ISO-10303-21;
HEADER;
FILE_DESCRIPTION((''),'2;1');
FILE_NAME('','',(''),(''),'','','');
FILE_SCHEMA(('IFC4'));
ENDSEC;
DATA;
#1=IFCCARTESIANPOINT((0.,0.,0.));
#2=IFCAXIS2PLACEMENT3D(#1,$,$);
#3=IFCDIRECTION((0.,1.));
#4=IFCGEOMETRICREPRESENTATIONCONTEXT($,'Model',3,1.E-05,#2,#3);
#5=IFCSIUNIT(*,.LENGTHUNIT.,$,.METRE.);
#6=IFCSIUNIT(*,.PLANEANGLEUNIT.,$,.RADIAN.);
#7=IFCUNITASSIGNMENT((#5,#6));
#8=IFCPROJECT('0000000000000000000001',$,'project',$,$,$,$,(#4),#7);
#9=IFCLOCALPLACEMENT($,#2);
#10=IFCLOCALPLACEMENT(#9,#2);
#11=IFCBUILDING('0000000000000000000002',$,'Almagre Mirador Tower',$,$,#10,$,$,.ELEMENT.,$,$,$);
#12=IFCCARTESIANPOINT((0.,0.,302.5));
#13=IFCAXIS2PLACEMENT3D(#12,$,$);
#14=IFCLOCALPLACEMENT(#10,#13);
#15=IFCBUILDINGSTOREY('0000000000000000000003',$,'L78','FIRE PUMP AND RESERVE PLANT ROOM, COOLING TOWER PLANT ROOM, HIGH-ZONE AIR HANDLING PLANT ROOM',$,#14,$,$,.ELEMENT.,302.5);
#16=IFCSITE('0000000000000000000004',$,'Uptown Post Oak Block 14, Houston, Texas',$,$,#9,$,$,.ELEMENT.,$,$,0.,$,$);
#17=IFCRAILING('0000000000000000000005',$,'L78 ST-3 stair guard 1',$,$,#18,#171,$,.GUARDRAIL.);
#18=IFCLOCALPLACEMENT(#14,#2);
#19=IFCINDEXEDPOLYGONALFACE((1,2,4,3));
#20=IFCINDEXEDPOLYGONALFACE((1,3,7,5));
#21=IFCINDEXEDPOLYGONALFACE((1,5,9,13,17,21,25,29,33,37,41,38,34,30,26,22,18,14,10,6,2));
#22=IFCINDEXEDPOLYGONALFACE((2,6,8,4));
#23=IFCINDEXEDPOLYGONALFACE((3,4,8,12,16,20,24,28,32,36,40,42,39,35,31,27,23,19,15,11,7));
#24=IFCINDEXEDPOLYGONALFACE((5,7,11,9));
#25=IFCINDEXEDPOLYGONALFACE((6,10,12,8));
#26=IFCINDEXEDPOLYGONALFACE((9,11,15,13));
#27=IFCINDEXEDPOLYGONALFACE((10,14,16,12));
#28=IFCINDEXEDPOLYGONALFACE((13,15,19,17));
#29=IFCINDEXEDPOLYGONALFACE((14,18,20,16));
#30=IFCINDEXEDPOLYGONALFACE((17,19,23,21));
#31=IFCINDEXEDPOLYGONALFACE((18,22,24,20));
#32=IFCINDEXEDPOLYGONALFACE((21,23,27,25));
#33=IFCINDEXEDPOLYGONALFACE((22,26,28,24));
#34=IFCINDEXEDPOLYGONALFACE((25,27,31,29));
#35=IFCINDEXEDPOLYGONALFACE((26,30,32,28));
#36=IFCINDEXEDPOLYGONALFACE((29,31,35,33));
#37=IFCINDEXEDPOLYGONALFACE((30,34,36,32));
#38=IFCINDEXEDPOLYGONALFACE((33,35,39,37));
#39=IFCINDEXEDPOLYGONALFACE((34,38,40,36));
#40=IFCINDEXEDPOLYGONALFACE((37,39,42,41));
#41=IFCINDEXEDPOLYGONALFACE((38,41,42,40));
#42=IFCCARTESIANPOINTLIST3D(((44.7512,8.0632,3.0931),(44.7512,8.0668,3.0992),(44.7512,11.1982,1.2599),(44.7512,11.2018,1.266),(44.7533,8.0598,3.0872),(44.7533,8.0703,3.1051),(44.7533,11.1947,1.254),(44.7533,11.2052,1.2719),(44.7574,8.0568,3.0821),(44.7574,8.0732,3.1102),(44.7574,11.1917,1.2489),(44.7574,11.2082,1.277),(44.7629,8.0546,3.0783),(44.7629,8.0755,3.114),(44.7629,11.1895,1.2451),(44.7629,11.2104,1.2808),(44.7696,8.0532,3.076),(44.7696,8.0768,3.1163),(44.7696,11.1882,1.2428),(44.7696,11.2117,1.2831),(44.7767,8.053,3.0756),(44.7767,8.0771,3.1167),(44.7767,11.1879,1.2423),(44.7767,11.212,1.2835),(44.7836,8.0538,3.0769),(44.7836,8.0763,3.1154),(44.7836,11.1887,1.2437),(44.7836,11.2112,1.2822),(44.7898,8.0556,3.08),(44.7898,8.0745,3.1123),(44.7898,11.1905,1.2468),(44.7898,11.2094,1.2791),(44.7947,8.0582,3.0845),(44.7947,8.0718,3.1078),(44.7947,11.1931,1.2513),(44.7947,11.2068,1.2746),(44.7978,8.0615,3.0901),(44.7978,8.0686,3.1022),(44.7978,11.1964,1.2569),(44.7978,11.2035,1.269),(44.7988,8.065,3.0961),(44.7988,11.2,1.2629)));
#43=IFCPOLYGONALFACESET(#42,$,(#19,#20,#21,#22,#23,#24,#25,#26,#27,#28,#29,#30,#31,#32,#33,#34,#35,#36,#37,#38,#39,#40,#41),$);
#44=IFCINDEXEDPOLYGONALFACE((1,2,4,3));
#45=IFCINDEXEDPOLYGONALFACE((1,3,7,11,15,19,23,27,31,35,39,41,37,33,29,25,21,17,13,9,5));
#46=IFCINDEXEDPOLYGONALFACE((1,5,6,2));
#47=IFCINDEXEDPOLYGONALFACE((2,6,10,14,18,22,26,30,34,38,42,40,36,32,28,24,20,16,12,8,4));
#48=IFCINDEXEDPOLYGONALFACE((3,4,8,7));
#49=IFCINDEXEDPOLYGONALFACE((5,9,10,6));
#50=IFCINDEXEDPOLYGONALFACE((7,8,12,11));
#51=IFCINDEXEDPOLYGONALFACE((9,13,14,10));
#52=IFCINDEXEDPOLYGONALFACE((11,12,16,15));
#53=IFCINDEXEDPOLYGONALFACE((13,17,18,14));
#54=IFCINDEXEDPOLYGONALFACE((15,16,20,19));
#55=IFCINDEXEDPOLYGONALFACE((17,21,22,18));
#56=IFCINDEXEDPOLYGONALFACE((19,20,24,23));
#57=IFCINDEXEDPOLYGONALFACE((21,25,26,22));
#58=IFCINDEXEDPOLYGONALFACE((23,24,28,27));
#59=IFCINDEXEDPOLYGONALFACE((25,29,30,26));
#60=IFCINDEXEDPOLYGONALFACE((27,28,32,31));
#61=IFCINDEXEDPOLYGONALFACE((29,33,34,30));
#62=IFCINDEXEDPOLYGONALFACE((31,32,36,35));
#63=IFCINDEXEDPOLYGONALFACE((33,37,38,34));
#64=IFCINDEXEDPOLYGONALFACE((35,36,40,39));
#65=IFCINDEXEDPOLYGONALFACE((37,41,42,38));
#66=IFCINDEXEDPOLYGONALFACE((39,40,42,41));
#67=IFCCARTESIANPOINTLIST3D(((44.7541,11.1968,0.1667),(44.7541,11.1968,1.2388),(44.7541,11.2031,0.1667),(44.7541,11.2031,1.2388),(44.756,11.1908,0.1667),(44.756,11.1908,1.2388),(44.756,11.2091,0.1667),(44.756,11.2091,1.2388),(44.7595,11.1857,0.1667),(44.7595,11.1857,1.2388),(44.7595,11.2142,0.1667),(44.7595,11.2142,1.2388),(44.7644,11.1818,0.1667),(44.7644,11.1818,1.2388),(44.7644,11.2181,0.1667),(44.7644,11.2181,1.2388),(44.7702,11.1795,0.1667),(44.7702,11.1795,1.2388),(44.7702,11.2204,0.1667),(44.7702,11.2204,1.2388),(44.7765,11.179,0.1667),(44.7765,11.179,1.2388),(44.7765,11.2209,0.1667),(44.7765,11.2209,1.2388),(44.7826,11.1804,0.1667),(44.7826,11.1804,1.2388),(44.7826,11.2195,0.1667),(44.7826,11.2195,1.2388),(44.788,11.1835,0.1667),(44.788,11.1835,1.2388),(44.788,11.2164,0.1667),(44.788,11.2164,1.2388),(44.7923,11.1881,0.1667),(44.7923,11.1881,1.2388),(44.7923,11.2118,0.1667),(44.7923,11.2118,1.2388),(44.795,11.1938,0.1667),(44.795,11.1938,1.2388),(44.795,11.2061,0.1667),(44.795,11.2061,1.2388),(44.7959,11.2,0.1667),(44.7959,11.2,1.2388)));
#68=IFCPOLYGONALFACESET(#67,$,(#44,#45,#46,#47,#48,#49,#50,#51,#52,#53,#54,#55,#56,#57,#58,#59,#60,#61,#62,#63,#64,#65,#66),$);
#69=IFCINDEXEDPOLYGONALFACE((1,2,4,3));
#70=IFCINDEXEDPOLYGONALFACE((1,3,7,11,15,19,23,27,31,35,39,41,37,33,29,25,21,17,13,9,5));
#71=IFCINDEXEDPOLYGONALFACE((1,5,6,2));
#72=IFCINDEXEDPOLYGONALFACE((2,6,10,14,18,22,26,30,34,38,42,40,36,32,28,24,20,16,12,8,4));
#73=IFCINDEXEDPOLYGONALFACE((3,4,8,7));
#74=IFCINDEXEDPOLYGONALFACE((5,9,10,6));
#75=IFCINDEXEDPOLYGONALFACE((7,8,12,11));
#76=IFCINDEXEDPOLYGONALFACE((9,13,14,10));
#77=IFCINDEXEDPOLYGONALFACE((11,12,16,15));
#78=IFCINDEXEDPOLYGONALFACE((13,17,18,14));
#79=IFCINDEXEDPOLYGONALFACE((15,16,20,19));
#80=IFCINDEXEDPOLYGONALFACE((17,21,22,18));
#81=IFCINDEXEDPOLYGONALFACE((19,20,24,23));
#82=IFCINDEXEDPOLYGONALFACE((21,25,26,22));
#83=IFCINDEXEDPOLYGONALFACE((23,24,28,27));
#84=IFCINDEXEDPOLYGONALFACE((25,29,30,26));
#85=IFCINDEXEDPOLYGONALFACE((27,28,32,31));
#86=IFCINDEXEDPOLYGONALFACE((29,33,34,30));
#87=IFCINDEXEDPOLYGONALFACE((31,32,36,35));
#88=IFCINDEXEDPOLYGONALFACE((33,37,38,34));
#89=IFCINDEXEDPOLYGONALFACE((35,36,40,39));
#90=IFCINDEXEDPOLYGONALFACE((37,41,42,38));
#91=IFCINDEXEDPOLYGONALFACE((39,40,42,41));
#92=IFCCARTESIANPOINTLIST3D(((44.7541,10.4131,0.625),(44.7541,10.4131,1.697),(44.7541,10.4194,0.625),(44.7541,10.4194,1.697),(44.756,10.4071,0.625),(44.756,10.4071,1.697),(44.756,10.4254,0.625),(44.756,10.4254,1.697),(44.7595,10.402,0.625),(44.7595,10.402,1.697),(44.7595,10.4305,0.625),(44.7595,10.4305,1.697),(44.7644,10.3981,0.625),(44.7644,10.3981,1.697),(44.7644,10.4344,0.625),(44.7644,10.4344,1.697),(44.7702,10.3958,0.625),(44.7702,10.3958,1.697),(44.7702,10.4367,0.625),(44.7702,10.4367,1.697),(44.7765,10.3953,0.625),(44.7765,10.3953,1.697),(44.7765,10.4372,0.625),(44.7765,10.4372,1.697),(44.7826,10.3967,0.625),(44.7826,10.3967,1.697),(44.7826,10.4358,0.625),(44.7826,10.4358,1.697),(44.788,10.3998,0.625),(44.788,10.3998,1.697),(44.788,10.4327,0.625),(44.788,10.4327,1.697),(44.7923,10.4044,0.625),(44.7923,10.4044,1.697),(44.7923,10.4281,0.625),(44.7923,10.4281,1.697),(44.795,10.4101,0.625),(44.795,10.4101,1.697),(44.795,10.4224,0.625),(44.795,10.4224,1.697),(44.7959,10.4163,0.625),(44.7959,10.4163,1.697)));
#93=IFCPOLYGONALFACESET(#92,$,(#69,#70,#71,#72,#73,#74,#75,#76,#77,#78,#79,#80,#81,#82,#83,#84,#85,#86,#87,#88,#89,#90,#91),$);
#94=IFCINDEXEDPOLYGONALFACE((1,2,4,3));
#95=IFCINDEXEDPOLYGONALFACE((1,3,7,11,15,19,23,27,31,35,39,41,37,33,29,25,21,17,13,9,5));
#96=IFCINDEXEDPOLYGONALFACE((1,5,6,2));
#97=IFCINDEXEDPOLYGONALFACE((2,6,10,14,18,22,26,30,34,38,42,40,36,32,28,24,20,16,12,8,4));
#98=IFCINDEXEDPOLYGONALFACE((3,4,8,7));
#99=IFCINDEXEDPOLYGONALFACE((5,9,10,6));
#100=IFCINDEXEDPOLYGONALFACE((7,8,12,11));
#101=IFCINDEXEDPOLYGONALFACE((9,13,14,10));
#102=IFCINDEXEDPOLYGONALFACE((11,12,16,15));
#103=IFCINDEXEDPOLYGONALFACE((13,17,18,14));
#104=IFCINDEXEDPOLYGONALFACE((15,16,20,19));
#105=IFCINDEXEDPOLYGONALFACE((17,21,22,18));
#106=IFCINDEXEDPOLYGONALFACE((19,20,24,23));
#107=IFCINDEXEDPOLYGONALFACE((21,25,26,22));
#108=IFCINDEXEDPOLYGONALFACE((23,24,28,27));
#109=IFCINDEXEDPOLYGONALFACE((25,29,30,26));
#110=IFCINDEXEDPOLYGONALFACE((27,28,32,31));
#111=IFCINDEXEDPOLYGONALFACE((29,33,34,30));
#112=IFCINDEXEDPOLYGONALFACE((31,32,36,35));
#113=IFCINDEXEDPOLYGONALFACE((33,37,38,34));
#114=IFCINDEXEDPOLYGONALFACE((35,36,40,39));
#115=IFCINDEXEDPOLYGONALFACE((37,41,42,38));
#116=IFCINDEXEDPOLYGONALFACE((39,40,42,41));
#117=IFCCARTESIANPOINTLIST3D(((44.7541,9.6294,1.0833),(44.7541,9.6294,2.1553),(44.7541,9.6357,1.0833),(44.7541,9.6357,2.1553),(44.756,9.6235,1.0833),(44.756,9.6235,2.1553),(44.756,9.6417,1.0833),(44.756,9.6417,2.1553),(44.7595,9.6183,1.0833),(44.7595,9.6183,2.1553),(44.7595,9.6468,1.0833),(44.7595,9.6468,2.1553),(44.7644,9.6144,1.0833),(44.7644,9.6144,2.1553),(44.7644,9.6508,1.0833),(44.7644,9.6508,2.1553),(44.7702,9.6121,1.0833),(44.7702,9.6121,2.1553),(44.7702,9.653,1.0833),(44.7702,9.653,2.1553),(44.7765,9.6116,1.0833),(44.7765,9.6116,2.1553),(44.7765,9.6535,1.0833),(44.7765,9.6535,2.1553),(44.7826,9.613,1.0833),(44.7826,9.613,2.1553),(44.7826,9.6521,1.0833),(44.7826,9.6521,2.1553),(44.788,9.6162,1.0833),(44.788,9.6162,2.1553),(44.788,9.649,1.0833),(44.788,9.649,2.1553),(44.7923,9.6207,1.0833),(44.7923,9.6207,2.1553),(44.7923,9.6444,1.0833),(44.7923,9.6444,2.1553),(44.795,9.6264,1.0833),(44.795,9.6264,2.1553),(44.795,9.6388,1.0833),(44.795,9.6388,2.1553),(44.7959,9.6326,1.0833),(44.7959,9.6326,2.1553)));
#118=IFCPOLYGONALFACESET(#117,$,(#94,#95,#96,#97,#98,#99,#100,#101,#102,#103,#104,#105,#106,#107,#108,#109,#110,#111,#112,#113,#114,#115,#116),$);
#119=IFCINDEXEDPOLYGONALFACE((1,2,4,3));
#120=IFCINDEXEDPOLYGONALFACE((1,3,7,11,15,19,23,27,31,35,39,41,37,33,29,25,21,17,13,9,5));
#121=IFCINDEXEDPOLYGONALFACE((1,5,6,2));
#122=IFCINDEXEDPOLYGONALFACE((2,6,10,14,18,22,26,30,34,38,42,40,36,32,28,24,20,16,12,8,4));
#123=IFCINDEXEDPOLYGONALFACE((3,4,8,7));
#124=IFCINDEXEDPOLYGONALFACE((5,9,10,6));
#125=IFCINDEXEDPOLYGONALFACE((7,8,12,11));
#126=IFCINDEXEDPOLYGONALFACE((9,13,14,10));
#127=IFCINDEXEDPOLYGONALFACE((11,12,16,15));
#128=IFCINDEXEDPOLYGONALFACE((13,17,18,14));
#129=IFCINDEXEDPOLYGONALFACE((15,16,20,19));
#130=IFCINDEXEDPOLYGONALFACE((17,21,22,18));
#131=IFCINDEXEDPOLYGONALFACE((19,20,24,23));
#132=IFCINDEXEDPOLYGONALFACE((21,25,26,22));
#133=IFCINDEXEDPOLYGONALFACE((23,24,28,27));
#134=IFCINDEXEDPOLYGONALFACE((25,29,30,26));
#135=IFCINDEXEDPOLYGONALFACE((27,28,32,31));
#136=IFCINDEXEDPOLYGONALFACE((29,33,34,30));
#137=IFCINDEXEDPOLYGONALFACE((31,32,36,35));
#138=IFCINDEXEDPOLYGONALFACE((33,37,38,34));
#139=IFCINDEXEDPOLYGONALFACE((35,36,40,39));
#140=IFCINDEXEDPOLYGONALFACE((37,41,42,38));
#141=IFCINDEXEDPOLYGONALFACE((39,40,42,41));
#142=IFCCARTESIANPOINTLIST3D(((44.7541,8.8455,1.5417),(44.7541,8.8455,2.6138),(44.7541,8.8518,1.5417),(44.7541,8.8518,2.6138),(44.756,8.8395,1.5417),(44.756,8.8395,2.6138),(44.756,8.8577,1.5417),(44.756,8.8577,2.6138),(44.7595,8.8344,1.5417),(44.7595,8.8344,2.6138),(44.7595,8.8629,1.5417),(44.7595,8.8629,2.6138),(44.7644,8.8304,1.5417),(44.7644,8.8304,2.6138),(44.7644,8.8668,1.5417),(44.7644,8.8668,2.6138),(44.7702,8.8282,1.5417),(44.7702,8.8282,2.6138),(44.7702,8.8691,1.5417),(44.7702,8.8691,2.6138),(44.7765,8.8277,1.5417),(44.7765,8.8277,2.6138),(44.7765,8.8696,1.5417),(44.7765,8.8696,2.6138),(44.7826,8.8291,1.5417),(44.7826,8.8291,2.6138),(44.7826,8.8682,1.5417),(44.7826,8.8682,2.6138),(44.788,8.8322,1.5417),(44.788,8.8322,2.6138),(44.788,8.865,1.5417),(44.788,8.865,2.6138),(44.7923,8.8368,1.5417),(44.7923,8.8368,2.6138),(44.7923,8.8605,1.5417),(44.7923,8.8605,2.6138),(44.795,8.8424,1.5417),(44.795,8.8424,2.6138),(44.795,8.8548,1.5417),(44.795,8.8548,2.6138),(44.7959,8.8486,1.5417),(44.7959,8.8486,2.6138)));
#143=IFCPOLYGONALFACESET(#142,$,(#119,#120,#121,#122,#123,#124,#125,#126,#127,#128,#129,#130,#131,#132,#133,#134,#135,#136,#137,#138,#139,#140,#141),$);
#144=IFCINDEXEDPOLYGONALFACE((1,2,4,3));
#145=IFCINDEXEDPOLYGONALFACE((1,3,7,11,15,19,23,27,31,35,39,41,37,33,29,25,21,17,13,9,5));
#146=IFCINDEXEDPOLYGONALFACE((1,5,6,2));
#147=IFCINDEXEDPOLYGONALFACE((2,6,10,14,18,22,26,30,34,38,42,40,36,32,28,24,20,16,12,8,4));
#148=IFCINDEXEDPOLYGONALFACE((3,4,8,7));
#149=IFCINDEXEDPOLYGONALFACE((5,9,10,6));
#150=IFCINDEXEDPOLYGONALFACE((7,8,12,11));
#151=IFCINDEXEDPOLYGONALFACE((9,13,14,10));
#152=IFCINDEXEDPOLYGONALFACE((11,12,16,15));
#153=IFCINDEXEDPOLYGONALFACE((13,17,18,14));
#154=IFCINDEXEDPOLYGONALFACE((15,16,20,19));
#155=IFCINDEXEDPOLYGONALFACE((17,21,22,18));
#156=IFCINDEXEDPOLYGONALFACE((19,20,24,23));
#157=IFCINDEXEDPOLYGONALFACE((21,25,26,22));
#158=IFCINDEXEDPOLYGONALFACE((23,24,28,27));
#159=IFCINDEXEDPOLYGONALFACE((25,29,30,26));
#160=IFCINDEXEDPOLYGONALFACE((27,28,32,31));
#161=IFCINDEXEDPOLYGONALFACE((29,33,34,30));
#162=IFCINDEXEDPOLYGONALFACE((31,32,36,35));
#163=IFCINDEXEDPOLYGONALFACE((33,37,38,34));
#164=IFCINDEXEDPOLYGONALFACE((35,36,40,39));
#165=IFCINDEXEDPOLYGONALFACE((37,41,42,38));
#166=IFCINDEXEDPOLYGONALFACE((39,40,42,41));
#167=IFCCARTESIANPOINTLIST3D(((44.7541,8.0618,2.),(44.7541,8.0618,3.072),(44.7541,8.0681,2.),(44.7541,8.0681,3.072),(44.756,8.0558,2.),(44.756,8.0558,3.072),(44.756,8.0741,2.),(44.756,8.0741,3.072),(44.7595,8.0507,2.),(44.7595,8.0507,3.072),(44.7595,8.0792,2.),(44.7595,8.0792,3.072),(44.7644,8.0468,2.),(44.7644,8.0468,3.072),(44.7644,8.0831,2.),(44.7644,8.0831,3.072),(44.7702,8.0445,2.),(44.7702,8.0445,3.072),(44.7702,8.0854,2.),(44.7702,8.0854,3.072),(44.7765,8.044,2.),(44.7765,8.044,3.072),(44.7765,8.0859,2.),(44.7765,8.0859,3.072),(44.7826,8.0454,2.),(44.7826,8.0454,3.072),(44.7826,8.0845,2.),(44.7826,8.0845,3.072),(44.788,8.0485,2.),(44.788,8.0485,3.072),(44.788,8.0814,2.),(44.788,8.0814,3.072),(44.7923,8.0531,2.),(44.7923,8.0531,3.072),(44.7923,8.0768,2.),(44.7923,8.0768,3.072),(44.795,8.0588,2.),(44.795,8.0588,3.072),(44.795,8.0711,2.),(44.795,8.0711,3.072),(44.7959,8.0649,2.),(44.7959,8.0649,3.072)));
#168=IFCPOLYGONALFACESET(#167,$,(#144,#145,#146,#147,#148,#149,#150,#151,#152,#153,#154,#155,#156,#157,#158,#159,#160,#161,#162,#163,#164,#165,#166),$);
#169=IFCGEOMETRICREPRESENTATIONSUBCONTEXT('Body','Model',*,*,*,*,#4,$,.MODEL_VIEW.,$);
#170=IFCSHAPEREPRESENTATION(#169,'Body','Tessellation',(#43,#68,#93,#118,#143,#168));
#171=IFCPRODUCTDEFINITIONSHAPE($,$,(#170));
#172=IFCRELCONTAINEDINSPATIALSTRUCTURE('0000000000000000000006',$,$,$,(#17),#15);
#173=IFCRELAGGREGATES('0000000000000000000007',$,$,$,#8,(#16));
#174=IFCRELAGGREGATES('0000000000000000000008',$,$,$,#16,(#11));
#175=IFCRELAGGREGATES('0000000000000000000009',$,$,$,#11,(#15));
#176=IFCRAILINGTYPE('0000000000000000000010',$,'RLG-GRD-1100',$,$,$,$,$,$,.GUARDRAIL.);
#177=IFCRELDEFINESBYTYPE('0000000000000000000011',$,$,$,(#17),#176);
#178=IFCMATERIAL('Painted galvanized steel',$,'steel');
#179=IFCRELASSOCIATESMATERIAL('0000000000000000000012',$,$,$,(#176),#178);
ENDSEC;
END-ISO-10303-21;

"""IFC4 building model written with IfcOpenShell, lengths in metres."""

from ifc_helpers import new_model, si_unit, direction, frame, origin, origin_2d, place, context, subcontext, project, spatial, circle, extrude, material, type_object, element, save


model = new_model("IFC4")

# Units and contexts
model_context = context("Model", 3, precision=1e-05, world=origin(), true_north=direction((0.0, 1.0)))
body_context = subcontext(model_context, "Body", "Model", "MODEL_VIEW")
ifc_project = project(units=[si_unit("LENGTHUNIT", "METRE"), si_unit("PLANEANGLEUNIT", "RADIAN")], contexts=[model_context])

# Site, building, storey
site_placement = place(None, origin())
site = spatial("IfcSite", under=ifc_project, at=site_placement, Name="Uptown Post Oak Block 14, Houston, Texas", CompositionType="ELEMENT", RefElevation=0.0)
building_placement = place(site_placement, origin())
building = spatial("IfcBuilding", under=site, at=building_placement, Name="Almagre Mirador Tower", CompositionType="ELEMENT")
storey_placement = place(building_placement, frame((0.0, 0.0, 302.5)))
storey = spatial("IfcBuildingStorey", under=building, at=storey_placement, Name="L78", Description="FIRE PUMP AND RESERVE PLANT ROOM, COOLING TOWER PLANT ROOM, HIGH-ZONE AIR HANDLING PLANT ROOM", CompositionType="ELEMENT", Elevation=302.5)

# Railing
ifc_material_1 = material(Name="Painted galvanized steel", Category="steel")
railing_type_1 = type_object("IfcRailingType", Name="RLG-GRD-1100", PredefinedType="GUARDRAIL", material=ifc_material_1)
railing_1_placement = place(storey_placement, frame((44.7749, 11.2, 0.1667)))
element("IfcRailing", 1, at=railing_1_placement, inside=storey, type_object=railing_type_1, Name="L78 ST-3 stair guard 1", PredefinedType="GUARDRAIL", context=body_context, shape_type="SweptSolid", body=[
    extrude(circle(Radius=0.0239, at=origin_2d()), frame((0.0, 0.0, 1.0962), z_axis=(0.0, -0.86324, 0.504794), x_axis=(1.0, 0.0, 0.0)), (0.0, 0.0, 1.0), 3.6316),
    extrude(circle(Radius=0.021, at=origin_2d()), origin(), (0.0, 0.0, 1.0), 1.072),
    extrude(circle(Radius=0.021, at=origin_2d()), frame((0.0, -0.7837, 0.4583)), (0.0, 0.0, 1.0), 1.072),
    extrude(circle(Radius=0.021, at=origin_2d()), frame((0.0, -1.5674, 0.9165)), (0.0, 0.0, 1.0), 1.072),
    extrude(circle(Radius=0.021, at=origin_2d()), frame((0.0, -2.3513, 1.375)), (0.0, 0.0, 1.0), 1.072),
    extrude(circle(Radius=0.021, at=origin_2d()), frame((0.0, -3.135, 1.8333)), (0.0, 0.0, 1.0), 1.072),
])

save(model, "model.ifc")
